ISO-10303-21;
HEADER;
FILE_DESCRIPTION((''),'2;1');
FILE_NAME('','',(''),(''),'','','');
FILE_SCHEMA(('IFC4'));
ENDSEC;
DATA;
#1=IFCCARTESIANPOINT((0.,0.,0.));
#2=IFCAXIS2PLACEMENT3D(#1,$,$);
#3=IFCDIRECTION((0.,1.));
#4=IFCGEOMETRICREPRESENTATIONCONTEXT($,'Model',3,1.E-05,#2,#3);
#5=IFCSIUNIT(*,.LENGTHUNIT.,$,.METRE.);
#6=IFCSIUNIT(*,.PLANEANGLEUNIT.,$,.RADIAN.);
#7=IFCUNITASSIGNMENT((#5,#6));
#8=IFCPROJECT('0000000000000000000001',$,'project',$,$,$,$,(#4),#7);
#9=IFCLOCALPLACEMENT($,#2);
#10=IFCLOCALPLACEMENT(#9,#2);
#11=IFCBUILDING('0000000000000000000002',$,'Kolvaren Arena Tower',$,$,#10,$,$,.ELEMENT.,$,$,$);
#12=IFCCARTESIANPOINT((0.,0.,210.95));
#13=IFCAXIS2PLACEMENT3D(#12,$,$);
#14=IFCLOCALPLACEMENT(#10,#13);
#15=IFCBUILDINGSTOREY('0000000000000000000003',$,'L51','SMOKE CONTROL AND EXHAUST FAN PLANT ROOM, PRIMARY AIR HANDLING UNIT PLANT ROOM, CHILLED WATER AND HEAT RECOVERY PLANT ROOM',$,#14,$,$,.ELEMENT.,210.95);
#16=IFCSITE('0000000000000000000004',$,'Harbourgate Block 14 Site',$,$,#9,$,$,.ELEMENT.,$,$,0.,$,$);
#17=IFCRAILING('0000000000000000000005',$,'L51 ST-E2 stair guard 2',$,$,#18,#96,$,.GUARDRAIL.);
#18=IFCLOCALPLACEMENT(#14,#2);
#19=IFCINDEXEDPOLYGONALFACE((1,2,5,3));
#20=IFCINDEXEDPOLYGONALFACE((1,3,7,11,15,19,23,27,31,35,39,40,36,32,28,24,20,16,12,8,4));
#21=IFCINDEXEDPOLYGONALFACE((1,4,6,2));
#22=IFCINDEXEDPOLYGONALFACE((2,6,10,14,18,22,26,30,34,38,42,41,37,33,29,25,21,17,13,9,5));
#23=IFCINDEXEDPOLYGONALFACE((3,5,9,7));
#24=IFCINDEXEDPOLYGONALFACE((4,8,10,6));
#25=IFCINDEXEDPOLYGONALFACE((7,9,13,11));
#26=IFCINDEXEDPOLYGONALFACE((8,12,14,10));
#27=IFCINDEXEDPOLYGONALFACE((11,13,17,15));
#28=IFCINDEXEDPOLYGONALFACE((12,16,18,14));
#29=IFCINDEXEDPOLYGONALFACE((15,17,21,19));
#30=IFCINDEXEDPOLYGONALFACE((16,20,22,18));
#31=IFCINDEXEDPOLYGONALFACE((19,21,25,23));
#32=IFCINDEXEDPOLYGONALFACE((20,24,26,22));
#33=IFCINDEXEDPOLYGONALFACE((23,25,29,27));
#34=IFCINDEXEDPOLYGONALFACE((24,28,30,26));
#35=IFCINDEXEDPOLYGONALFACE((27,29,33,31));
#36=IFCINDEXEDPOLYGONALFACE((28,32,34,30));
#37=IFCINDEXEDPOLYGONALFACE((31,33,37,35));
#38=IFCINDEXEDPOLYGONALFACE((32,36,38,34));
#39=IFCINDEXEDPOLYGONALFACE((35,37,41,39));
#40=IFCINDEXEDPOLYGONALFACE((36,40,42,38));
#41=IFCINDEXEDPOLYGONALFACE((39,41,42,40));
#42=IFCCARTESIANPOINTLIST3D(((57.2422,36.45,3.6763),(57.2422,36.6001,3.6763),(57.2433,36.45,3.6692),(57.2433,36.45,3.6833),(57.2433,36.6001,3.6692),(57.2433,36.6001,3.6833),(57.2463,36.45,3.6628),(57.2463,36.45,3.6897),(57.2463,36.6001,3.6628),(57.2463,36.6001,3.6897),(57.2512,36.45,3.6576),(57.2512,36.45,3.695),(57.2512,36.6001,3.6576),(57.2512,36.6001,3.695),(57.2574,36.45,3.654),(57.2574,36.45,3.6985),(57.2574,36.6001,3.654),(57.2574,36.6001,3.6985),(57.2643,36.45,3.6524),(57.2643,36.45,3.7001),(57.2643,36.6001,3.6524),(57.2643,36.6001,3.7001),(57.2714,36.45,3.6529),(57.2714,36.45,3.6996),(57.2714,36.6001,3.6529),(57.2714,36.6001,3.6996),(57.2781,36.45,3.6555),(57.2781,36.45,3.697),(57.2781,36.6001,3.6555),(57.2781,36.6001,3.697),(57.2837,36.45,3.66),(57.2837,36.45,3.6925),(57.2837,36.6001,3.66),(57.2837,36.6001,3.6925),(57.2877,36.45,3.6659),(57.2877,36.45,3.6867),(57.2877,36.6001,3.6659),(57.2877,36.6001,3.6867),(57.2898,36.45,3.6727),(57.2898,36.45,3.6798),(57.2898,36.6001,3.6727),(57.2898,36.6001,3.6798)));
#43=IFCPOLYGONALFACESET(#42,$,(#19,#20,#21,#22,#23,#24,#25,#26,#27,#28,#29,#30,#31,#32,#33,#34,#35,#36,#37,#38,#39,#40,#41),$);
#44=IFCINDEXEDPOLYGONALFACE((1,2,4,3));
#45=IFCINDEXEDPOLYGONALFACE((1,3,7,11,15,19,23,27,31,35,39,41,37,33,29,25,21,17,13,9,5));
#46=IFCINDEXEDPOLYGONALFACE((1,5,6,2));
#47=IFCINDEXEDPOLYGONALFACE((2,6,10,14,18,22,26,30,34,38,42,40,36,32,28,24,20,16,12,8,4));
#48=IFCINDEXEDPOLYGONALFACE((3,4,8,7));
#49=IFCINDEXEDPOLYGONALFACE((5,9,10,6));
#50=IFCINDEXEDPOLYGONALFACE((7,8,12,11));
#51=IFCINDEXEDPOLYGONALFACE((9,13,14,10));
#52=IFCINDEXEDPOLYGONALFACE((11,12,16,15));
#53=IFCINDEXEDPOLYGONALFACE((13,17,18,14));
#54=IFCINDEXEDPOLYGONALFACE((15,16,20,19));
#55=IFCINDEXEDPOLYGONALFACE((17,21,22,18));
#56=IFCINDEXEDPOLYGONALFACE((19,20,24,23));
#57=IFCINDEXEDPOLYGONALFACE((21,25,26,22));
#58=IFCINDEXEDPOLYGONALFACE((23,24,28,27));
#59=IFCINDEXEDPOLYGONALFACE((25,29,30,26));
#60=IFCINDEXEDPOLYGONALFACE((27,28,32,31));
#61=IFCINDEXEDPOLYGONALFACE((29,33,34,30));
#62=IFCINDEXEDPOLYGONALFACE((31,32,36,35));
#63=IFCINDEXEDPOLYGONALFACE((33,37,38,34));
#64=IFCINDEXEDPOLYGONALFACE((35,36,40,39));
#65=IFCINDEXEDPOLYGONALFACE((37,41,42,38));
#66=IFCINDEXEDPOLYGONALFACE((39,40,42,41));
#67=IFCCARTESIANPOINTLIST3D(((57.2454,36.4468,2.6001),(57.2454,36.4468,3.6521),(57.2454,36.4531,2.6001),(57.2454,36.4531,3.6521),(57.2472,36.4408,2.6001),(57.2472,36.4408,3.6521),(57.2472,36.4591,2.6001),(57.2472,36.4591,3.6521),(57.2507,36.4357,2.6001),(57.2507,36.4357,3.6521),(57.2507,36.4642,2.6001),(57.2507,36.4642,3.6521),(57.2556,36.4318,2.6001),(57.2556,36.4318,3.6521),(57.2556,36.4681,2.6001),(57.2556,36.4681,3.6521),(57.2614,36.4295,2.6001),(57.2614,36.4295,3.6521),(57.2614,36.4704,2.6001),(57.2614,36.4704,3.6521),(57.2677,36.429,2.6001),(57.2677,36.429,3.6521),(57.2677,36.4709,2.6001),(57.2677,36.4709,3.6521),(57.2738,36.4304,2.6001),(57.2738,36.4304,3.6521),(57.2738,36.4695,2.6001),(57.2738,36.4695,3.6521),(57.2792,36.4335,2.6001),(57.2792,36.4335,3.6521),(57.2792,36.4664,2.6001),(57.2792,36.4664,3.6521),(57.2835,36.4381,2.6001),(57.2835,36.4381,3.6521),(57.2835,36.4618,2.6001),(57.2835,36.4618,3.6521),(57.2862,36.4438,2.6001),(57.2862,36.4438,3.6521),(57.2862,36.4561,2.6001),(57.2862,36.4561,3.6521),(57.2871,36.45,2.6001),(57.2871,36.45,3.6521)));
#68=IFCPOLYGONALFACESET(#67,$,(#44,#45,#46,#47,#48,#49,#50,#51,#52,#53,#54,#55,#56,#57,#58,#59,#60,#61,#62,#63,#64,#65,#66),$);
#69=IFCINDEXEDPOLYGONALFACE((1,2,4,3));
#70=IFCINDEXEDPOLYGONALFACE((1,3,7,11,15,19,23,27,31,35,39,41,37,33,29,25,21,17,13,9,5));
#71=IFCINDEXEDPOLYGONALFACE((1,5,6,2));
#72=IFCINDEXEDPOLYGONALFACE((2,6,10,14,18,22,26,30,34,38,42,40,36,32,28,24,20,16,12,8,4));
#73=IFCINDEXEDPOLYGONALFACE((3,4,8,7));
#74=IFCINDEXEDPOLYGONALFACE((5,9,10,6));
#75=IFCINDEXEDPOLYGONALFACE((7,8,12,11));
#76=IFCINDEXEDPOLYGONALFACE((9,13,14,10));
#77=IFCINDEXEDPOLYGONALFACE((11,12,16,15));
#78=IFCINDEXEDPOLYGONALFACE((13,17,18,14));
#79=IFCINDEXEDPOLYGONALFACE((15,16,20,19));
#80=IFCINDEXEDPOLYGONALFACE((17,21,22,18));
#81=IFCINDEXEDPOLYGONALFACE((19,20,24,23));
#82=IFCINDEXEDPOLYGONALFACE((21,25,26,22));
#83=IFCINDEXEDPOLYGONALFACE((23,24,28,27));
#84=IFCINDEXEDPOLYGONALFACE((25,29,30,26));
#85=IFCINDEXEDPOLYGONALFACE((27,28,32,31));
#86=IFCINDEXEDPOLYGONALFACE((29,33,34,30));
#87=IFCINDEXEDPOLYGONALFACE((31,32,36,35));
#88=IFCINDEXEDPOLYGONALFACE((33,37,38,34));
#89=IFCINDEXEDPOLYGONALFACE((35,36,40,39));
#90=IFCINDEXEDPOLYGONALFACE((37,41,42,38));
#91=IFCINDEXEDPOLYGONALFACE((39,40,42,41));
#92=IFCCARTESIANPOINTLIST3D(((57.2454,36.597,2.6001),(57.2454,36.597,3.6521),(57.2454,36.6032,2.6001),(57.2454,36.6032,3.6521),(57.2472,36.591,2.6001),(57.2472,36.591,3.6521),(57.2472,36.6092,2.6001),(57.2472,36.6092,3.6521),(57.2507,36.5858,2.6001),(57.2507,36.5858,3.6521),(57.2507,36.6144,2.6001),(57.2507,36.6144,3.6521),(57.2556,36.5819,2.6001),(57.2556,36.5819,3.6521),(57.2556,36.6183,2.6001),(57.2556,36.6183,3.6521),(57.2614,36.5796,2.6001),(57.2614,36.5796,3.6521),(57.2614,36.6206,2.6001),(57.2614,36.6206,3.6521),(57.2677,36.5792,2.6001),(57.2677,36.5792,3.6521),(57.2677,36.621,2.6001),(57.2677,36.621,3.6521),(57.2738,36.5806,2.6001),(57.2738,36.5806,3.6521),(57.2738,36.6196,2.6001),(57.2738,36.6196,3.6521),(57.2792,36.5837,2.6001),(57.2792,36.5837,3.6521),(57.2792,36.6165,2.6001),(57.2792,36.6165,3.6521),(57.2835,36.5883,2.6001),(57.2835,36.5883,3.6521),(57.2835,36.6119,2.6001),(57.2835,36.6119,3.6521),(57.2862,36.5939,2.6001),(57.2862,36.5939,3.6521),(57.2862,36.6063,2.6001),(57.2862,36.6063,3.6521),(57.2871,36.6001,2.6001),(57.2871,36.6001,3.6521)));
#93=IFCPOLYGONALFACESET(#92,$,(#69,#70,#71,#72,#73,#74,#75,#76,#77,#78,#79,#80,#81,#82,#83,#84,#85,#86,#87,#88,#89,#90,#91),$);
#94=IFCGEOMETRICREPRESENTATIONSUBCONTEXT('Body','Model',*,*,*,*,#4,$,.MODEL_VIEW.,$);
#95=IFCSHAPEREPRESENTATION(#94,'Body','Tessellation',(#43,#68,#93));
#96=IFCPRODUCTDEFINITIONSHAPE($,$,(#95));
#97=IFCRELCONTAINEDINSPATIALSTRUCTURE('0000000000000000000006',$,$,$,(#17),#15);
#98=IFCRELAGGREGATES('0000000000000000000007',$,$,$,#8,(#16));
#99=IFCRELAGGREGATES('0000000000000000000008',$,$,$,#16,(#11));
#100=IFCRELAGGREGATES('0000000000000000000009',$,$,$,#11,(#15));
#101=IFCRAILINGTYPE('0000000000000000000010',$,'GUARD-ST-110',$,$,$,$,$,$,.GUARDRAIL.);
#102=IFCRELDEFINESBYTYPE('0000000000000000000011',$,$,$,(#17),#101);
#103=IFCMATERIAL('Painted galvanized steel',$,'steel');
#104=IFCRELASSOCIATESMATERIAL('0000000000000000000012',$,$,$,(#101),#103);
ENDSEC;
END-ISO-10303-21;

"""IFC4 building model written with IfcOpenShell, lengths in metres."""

from ifc_helpers import new_model, si_unit, direction, frame, origin, origin_2d, place, context, subcontext, project, spatial, circle, extrude, material, type_object, element, save


model = new_model("IFC4")

# Units and contexts
model_context = context("Model", 3, precision=1e-05, world=origin(), true_north=direction((0.0, 1.0)))
body_context = subcontext(model_context, "Body", "Model", "MODEL_VIEW")
ifc_project = project(units=[si_unit("LENGTHUNIT", "METRE"), si_unit("PLANEANGLEUNIT", "RADIAN")], contexts=[model_context])

# Site, building, storey
site_placement = place(None, origin())
site = spatial("IfcSite", under=ifc_project, at=site_placement, Name="Harbourgate Block 14 Site", CompositionType="ELEMENT", RefElevation=0.0)
building_placement = place(site_placement, origin())
building = spatial("IfcBuilding", under=site, at=building_placement, Name="Kolvaren Arena Tower", CompositionType="ELEMENT")
storey_placement = place(building_placement, frame((0.0, 0.0, 210.95)))
storey = spatial("IfcBuildingStorey", under=building, at=storey_placement, Name="L51", Description="SMOKE CONTROL AND EXHAUST FAN PLANT ROOM, PRIMARY AIR HANDLING UNIT PLANT ROOM, CHILLED WATER AND HEAT RECOVERY PLANT ROOM", CompositionType="ELEMENT", Elevation=210.95)

# Railing
ifc_material_1 = material(Name="Painted galvanized steel", Category="steel")
railing_type_1 = type_object("IfcRailingType", Name="GUARD-ST-110", PredefinedType="GUARDRAIL", material=ifc_material_1)
railing_1_placement = place(storey_placement, frame((57.2661, 36.45, 2.6001)))
element("IfcRailing", 1, at=railing_1_placement, inside=storey, type_object=railing_type_1, Name="L51 ST-E2 stair guard 2", PredefinedType="GUARDRAIL", context=body_context, shape_type="SweptSolid", body=[
    extrude(circle(Radius=0.0239, at=origin_2d()), frame((0.0, 0.0, 1.0762), z_axis=(0.0, 1.0, 0.0), x_axis=(-1.0, 0.0, 0.0)), (0.0, 0.0, 1.0), 0.1501),
    extrude(circle(Radius=0.021, at=origin_2d()), origin(), (0.0, 0.0, 1.0), 1.052),
    extrude(circle(Radius=0.021, at=origin_2d()), frame((0.0, 0.1501, 0.0)), (0.0, 0.0, 1.0), 1.052),
])

save(model, "model.ifc")
